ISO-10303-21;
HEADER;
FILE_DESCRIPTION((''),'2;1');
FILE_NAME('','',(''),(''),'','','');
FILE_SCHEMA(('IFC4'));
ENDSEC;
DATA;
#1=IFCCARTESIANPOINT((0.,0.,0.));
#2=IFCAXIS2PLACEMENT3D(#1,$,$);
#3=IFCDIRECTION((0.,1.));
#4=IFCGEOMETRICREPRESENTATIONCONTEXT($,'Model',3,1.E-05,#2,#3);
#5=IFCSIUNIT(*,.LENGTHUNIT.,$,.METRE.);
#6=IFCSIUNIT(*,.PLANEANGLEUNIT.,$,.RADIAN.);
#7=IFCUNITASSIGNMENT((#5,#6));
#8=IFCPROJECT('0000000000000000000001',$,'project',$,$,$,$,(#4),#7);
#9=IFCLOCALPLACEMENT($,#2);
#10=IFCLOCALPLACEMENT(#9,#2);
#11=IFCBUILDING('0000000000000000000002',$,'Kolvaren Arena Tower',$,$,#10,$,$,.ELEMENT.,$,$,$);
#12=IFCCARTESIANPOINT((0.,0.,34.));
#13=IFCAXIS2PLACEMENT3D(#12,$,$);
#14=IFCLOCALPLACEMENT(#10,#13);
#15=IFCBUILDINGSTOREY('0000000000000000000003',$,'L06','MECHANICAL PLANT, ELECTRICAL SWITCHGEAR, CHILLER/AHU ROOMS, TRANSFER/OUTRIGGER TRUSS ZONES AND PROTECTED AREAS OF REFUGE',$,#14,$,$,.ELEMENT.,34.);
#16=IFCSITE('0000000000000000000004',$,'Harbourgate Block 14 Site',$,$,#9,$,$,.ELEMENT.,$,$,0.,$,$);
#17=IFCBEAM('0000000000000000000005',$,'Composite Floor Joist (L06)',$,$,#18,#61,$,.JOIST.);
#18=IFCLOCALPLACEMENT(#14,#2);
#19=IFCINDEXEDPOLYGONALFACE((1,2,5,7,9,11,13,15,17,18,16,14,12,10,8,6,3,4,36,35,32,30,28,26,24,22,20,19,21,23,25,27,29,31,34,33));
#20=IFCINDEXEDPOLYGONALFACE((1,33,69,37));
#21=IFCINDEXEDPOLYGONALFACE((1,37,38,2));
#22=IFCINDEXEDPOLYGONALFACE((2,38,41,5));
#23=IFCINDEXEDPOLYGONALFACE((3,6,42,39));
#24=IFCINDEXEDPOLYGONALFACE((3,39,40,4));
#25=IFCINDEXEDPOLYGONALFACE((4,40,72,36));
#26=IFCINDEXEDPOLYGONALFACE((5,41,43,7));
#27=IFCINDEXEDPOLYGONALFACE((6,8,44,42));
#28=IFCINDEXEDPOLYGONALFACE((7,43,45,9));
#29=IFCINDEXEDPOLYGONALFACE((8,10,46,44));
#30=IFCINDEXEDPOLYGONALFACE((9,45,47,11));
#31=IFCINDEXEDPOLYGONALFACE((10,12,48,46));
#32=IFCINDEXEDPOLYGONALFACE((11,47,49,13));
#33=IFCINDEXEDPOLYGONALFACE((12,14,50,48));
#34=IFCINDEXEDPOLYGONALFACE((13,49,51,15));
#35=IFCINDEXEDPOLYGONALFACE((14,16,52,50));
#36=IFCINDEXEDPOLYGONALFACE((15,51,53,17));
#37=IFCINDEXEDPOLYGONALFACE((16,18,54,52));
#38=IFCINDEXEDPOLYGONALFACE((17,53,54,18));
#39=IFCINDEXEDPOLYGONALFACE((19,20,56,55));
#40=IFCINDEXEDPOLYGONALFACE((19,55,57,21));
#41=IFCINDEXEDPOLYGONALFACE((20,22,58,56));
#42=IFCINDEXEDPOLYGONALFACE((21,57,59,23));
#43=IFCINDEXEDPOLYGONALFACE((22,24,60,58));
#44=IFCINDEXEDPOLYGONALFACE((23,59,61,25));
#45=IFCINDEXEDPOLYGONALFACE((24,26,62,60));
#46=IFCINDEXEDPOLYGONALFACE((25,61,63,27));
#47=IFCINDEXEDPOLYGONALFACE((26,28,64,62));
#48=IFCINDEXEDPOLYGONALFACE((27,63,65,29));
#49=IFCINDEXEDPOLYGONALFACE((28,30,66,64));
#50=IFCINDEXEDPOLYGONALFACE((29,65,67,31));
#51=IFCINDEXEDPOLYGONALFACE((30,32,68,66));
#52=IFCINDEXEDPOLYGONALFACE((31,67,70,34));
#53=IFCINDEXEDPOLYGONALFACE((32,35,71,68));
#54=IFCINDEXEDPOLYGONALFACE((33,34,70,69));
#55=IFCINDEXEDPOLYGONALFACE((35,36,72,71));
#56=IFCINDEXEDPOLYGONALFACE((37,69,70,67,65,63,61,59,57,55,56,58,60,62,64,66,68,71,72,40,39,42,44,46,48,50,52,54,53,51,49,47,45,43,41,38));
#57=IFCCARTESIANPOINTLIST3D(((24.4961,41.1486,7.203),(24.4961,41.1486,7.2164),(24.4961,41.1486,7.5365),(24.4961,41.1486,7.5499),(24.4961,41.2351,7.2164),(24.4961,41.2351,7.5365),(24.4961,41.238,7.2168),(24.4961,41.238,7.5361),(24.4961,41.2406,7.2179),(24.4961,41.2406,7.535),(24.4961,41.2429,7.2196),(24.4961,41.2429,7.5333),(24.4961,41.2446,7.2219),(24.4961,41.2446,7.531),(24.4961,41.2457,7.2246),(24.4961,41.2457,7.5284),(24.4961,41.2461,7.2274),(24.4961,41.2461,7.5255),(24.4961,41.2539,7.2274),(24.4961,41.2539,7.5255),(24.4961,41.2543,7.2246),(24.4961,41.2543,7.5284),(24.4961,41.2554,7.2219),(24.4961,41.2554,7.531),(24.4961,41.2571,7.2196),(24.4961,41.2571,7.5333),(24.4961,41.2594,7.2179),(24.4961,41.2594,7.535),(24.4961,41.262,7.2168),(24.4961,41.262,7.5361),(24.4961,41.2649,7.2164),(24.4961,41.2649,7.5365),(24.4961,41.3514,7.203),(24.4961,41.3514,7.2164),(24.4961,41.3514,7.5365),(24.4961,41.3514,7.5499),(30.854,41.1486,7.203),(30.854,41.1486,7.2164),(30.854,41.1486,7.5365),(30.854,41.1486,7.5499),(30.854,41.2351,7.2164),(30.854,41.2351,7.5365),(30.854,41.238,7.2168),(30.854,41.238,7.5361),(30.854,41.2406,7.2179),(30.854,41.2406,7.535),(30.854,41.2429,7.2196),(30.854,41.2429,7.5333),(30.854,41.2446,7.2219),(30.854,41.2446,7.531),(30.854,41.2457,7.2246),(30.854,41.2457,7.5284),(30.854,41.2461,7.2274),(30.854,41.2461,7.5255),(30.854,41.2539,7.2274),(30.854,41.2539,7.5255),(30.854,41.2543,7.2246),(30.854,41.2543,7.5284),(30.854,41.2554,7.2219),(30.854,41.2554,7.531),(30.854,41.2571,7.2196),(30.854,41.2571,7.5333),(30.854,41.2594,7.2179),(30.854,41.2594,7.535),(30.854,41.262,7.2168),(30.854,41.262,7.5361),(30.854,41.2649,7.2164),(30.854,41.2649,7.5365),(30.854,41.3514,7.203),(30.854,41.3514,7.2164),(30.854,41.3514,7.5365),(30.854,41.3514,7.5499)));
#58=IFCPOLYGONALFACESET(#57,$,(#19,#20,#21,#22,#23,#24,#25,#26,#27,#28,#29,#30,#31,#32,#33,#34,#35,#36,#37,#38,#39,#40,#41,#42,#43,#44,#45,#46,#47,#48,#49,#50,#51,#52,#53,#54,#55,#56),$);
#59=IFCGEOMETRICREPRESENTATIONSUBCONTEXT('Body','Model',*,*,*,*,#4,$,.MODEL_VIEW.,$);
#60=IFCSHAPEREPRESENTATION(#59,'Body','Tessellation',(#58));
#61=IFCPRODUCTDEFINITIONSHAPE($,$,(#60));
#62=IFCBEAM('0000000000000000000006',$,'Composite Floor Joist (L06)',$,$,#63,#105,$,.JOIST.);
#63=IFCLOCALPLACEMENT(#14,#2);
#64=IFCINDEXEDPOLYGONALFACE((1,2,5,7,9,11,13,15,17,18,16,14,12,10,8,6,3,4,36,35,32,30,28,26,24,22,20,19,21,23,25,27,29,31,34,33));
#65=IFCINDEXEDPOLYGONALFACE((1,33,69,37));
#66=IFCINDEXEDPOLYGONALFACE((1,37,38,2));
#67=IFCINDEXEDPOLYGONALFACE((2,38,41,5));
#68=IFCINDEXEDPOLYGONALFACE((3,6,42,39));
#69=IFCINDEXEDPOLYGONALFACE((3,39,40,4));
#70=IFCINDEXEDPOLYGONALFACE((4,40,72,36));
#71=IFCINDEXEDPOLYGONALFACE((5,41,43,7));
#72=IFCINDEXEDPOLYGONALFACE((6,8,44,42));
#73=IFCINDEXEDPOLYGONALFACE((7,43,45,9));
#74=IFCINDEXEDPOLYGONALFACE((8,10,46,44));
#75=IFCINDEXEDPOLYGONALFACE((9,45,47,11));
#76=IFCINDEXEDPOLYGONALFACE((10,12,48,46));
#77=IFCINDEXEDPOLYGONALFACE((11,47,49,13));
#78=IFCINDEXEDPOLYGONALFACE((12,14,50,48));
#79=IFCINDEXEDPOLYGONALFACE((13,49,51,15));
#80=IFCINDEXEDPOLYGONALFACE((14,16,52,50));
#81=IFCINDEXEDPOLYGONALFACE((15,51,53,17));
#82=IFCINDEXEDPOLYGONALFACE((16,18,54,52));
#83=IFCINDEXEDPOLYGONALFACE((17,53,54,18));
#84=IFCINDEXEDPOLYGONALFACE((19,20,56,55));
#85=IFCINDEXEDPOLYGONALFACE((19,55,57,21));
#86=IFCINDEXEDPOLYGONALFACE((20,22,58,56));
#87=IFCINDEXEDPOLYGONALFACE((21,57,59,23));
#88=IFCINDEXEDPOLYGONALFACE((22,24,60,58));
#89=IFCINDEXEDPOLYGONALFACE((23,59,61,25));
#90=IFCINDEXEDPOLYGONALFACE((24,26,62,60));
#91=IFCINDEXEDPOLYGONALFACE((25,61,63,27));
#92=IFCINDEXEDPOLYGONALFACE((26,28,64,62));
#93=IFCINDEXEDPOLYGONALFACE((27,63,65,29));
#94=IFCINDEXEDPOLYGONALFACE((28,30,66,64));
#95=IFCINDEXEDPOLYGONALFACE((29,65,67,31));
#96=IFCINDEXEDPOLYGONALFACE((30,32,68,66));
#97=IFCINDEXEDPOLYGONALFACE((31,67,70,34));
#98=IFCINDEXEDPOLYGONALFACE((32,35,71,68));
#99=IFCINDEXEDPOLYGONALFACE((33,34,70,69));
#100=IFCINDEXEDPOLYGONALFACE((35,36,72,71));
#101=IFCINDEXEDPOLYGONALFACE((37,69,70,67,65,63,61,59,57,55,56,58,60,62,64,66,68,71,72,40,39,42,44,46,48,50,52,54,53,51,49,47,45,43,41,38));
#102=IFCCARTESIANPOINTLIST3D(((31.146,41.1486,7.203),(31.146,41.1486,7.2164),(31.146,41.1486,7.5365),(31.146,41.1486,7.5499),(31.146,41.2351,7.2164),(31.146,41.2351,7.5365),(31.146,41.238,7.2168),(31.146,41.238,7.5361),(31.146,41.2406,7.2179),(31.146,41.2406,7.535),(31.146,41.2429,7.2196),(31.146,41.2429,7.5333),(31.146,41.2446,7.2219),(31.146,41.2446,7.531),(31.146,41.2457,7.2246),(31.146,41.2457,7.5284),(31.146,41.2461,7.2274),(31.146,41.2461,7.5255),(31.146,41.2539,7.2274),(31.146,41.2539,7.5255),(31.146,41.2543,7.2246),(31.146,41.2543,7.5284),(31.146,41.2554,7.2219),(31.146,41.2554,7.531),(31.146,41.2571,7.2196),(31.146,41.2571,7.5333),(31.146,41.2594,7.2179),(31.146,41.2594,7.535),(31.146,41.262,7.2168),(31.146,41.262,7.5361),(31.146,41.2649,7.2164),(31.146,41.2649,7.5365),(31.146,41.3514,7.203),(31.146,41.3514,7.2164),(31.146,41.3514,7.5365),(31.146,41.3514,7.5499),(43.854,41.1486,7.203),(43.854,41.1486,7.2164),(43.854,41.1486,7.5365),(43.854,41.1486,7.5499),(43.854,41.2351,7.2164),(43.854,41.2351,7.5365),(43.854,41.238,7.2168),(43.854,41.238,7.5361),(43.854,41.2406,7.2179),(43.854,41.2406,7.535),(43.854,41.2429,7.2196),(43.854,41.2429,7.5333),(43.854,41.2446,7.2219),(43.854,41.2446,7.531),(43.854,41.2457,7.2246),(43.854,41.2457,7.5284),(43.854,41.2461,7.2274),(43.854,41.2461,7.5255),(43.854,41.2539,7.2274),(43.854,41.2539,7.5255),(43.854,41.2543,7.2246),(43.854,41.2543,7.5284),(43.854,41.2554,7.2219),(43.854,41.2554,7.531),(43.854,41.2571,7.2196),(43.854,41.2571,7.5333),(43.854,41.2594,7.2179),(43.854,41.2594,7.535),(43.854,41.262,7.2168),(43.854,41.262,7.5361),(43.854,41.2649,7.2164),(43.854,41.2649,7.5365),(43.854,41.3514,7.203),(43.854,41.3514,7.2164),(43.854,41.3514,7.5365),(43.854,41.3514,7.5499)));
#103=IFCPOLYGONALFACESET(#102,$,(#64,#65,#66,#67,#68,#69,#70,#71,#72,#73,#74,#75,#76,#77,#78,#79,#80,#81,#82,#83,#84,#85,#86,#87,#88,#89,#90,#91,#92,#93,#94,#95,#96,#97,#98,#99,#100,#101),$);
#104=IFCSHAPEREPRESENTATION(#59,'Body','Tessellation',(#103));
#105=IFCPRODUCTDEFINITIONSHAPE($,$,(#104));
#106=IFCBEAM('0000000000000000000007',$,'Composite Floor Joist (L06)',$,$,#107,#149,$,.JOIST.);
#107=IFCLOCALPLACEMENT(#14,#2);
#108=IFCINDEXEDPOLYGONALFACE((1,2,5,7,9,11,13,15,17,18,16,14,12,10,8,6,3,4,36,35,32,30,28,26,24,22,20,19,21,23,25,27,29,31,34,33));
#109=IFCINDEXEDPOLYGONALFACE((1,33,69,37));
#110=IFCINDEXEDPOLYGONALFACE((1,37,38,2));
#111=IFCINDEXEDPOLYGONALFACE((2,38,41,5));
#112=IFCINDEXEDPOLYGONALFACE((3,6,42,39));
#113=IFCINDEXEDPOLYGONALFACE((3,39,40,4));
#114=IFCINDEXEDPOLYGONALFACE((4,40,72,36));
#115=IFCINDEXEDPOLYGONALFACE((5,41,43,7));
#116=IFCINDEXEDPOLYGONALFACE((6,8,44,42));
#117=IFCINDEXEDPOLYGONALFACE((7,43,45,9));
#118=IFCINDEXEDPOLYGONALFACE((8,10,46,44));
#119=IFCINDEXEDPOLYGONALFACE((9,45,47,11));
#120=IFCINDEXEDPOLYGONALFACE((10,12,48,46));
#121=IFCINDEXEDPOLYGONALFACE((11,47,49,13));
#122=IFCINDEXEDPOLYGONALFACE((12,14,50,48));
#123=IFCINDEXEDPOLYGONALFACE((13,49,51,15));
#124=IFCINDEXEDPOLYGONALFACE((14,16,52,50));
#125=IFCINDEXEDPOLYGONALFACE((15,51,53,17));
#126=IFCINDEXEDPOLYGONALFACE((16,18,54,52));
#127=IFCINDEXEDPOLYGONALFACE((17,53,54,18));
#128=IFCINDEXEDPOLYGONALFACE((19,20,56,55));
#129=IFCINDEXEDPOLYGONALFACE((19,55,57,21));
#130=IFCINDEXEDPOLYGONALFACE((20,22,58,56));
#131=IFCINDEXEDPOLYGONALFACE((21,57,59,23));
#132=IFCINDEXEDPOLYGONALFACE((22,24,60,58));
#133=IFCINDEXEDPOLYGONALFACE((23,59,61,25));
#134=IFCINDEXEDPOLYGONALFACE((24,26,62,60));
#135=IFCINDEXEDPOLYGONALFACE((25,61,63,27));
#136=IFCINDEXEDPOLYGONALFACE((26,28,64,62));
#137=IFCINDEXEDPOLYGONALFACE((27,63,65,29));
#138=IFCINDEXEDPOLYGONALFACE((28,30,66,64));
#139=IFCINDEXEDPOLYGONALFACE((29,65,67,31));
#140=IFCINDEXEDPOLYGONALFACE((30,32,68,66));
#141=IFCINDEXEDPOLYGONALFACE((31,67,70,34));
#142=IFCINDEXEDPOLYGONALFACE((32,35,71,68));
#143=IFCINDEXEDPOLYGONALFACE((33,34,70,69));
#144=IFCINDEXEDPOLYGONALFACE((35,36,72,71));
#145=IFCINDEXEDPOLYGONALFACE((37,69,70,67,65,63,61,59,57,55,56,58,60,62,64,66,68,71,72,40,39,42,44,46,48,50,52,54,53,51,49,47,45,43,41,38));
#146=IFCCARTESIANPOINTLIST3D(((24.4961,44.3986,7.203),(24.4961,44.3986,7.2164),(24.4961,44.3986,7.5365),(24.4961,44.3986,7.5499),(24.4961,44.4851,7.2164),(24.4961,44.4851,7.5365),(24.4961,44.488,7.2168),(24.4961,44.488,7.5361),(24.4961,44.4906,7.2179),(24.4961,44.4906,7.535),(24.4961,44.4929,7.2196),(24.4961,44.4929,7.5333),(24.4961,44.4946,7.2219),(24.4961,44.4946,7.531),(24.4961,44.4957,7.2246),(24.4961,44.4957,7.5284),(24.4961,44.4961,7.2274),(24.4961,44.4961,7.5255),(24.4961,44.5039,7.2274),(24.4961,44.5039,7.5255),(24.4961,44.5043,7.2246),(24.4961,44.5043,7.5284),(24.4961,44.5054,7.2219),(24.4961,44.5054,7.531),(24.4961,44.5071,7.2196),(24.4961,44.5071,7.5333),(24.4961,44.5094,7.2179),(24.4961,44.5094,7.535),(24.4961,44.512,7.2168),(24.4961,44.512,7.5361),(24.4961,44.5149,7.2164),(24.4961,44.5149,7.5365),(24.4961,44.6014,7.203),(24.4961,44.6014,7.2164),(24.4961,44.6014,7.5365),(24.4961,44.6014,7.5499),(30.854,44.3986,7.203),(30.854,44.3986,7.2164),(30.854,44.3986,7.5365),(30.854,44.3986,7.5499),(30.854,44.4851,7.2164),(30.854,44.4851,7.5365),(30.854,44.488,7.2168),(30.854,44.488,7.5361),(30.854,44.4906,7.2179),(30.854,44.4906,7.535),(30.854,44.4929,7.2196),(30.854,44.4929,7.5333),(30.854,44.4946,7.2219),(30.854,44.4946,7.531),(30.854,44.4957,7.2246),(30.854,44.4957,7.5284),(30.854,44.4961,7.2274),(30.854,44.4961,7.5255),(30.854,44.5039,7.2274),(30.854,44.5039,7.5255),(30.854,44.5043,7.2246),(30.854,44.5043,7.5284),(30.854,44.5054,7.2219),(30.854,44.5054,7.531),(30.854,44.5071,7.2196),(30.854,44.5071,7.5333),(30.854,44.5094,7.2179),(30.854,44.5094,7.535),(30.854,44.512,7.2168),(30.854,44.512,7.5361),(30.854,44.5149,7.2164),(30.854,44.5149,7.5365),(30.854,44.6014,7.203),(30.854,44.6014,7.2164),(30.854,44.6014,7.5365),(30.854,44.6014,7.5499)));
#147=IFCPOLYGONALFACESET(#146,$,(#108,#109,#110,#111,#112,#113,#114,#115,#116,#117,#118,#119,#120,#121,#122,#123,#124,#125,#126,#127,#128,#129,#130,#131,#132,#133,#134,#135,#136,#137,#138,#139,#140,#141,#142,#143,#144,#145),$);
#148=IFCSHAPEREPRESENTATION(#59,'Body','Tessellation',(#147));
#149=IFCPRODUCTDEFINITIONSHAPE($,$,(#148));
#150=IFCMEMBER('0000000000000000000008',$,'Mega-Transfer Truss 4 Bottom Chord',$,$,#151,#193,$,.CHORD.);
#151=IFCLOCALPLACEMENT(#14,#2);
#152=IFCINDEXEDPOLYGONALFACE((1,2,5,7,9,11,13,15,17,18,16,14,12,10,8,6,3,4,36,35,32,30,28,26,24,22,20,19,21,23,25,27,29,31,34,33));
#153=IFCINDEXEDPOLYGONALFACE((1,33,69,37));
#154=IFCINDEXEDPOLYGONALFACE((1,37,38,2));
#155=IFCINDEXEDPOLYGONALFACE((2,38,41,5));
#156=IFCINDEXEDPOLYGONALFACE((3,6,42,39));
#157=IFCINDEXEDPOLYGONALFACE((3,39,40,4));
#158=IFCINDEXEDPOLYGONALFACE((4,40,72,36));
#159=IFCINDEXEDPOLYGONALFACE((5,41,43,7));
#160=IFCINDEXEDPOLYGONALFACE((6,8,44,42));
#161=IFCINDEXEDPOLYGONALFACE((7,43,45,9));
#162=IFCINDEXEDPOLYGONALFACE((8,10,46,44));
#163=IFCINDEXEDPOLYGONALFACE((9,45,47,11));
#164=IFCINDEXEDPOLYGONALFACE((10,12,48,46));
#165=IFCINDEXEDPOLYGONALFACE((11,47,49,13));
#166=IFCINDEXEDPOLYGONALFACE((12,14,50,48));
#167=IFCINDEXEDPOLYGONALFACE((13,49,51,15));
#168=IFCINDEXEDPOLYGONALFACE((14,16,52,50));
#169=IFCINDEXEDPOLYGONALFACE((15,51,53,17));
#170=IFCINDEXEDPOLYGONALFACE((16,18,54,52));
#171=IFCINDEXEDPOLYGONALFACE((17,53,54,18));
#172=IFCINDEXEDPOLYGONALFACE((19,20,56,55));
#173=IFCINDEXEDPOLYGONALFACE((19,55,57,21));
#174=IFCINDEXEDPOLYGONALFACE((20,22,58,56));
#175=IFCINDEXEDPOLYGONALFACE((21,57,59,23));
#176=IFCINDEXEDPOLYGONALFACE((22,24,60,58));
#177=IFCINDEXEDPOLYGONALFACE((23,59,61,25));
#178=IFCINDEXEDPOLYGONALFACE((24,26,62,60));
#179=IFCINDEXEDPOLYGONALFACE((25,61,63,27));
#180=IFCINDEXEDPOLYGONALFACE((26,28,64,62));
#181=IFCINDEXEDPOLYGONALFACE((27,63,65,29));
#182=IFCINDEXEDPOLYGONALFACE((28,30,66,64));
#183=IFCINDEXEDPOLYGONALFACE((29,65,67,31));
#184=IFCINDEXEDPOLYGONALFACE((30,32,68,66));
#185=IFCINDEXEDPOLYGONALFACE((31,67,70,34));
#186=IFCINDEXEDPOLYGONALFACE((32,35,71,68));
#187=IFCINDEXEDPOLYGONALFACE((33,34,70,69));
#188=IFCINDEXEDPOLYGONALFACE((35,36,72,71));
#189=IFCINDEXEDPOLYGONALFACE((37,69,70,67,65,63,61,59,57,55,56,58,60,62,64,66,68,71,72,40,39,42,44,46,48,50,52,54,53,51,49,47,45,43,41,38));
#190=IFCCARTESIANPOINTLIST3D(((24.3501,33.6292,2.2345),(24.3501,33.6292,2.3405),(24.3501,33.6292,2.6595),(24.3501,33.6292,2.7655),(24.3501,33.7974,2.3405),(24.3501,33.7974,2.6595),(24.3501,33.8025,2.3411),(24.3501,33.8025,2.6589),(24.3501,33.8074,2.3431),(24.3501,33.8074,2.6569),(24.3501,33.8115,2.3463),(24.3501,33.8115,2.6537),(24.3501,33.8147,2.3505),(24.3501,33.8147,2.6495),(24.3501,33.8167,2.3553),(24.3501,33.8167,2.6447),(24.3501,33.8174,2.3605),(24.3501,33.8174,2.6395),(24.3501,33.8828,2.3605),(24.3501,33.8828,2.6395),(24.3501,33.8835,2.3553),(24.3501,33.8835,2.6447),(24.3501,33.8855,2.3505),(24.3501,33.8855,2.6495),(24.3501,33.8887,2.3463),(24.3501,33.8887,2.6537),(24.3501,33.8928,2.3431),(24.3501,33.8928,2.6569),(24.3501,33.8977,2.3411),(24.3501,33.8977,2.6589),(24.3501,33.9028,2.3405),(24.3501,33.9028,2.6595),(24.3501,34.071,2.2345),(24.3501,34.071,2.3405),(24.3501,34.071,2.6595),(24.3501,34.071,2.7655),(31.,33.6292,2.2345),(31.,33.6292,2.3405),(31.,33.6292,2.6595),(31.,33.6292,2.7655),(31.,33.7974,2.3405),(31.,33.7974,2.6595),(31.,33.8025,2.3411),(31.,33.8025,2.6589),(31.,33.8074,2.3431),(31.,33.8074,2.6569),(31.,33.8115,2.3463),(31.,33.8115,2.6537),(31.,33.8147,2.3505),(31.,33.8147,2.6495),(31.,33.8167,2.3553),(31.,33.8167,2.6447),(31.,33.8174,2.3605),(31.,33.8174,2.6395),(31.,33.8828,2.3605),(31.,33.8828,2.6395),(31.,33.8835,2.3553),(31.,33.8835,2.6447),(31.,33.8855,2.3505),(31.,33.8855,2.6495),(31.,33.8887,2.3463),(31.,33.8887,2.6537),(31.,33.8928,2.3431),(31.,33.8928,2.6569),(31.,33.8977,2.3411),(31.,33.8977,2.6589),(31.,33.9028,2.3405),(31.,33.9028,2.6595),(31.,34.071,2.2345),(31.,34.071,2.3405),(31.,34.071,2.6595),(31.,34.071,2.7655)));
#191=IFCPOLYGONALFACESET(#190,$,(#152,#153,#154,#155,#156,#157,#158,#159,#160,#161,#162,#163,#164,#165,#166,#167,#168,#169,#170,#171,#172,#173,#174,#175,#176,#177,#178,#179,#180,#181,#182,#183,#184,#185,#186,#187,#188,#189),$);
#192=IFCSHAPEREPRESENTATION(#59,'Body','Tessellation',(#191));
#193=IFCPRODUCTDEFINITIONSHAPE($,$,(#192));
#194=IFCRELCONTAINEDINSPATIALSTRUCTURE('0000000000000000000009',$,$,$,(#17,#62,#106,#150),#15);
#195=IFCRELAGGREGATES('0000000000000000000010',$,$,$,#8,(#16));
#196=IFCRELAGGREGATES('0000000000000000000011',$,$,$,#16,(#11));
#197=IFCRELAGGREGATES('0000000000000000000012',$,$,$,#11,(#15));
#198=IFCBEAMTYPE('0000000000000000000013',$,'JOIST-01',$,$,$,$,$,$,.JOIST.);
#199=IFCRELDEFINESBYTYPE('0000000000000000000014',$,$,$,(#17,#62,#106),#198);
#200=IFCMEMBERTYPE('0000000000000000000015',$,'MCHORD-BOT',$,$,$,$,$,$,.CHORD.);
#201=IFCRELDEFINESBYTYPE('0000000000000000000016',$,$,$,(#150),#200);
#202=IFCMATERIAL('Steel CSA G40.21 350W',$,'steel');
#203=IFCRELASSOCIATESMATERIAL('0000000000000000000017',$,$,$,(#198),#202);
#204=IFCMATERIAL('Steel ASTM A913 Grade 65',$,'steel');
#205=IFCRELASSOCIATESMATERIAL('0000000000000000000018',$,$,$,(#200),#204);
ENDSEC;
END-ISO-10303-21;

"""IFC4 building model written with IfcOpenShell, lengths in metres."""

from ifc_helpers import new_model, si_unit, direction, frame, origin, origin_2d, place, context, subcontext, project, spatial, i_section, extrude, material, material_profile, profile_set, type_object, element, save


model = new_model("IFC4")

# Units and contexts
model_context = context("Model", 3, precision=1e-05, world=origin(), true_north=direction((0.0, 1.0)))
body_context = subcontext(model_context, "Body", "Model", "MODEL_VIEW")
ifc_project = project(units=[si_unit("LENGTHUNIT", "METRE"), si_unit("PLANEANGLEUNIT", "RADIAN")], contexts=[model_context])

# Site, building, storey
site_placement = place(None, origin())
site = spatial("IfcSite", under=ifc_project, at=site_placement, Name="Harbourgate Block 14 Site", CompositionType="ELEMENT", RefElevation=0.0)
building_placement = place(site_placement, origin())
building = spatial("IfcBuilding", under=site, at=building_placement, Name="Kolvaren Arena Tower", CompositionType="ELEMENT")
storey_placement = place(building_placement, frame((0.0, 0.0, 34.0)))
storey = spatial("IfcBuildingStorey", under=building, at=storey_placement, Name="L06", Description="MECHANICAL PLANT, ELECTRICAL SWITCHGEAR, CHILLER/AHU ROOMS, TRANSFER/OUTRIGGER TRUSS ZONES AND PROTECTED AREAS OF REFUGE", CompositionType="ELEMENT", Elevation=34.0)

# Shared definitions
ifc_material_1 = material(Name="Steel ASTM A913 Grade 65", Category="steel")

# Shared definitions
ifc_material_2 = material(Name="Steel CSA G40.21 350W", Category="steel")

# Beams
ifc_material_profile_1 = material_profile(ifc_material_2, i_section(OverallWidth=0.2029, OverallDepth=0.3469, WebThickness=0.0078, FlangeThickness=0.0134, FilletRadius=0.011, at=origin_2d()), Name="W360x64")
ifc_profile_set_1 = profile_set([ifc_material_profile_1], Name="Steel CSA G40.21 350W")
beam_type_1 = type_object("IfcBeamType", Name="JOIST-01", PredefinedType="JOIST", material=ifc_profile_set_1)
beam_1_placement = place(storey_placement, frame((24.4961, 41.25, 7.3765), z_axis=(1.0, 0.0, 0.0), x_axis=(0.0, 1.0, 0.0)))
element("IfcBeam", 1, at=beam_1_placement, inside=storey, type_object=beam_type_1, Name="Composite Floor Joist (L06)", PredefinedType="JOIST", context=body_context, shape_type="SweptSolid", body=[
    extrude(i_section(OverallWidth=0.2029, OverallDepth=0.3469, WebThickness=0.0078, FlangeThickness=0.0134, FilletRadius=0.011, at=origin_2d()), origin(), (0.0, 0.0, 1.0), 6.3579),
])
beam_2_placement = place(storey_placement, frame((31.146, 41.25, 7.3765), z_axis=(1.0, 0.0, 0.0), x_axis=(0.0, 1.0, 0.0)))
element("IfcBeam", 2, at=beam_2_placement, inside=storey, type_object=beam_type_1, Name="Composite Floor Joist (L06)", PredefinedType="JOIST", context=body_context, shape_type="SweptSolid", body=[
    extrude(i_section(OverallWidth=0.2029, OverallDepth=0.3469, WebThickness=0.0078, FlangeThickness=0.0134, FilletRadius=0.011, at=origin_2d()), origin(), (0.0, 0.0, 1.0), 12.708),
])
beam_3_placement = place(storey_placement, frame((24.4961, 44.5, 7.3765), z_axis=(1.0, 0.0, 0.0), x_axis=(0.0, 1.0, 0.0)))
element("IfcBeam", 3, at=beam_3_placement, inside=storey, type_object=beam_type_1, Name="Composite Floor Joist (L06)", PredefinedType="JOIST", context=body_context, shape_type="SweptSolid", body=[
    extrude(i_section(OverallWidth=0.2029, OverallDepth=0.3469, WebThickness=0.0078, FlangeThickness=0.0134, FilletRadius=0.011, at=origin_2d()), origin(), (0.0, 0.0, 1.0), 6.3579),
])

# Member
ifc_material_profile_2 = material_profile(ifc_material_1, i_section(OverallWidth=0.4419, OverallDepth=0.531, WebThickness=0.0654, FlangeThickness=0.106, FilletRadius=0.02, at=origin_2d()), Name="W360x900")
ifc_profile_set_2 = profile_set([ifc_material_profile_2], Name="Steel ASTM A913 Grade 65")
member_type_1 = type_object("IfcMemberType", Name="MCHORD-BOT", PredefinedType="CHORD", material=ifc_profile_set_2)
member_1_placement = place(storey_placement, frame((24.3501, 33.8501, 2.5), z_axis=(1.0, 0.0, 0.0), x_axis=(0.0, 1.0, 0.0)))
element("IfcMember", 4, at=member_1_placement, inside=storey, type_object=member_type_1, Name="Mega-Transfer Truss 4 Bottom Chord", PredefinedType="CHORD", context=body_context, shape_type="SweptSolid", body=[
    extrude(i_section(OverallWidth=0.4419, OverallDepth=0.531, WebThickness=0.0654, FlangeThickness=0.106, FilletRadius=0.02, at=origin_2d()), origin(), (0.0, 0.0, 1.0), 6.6499),
])

save(model, "model.ifc")
